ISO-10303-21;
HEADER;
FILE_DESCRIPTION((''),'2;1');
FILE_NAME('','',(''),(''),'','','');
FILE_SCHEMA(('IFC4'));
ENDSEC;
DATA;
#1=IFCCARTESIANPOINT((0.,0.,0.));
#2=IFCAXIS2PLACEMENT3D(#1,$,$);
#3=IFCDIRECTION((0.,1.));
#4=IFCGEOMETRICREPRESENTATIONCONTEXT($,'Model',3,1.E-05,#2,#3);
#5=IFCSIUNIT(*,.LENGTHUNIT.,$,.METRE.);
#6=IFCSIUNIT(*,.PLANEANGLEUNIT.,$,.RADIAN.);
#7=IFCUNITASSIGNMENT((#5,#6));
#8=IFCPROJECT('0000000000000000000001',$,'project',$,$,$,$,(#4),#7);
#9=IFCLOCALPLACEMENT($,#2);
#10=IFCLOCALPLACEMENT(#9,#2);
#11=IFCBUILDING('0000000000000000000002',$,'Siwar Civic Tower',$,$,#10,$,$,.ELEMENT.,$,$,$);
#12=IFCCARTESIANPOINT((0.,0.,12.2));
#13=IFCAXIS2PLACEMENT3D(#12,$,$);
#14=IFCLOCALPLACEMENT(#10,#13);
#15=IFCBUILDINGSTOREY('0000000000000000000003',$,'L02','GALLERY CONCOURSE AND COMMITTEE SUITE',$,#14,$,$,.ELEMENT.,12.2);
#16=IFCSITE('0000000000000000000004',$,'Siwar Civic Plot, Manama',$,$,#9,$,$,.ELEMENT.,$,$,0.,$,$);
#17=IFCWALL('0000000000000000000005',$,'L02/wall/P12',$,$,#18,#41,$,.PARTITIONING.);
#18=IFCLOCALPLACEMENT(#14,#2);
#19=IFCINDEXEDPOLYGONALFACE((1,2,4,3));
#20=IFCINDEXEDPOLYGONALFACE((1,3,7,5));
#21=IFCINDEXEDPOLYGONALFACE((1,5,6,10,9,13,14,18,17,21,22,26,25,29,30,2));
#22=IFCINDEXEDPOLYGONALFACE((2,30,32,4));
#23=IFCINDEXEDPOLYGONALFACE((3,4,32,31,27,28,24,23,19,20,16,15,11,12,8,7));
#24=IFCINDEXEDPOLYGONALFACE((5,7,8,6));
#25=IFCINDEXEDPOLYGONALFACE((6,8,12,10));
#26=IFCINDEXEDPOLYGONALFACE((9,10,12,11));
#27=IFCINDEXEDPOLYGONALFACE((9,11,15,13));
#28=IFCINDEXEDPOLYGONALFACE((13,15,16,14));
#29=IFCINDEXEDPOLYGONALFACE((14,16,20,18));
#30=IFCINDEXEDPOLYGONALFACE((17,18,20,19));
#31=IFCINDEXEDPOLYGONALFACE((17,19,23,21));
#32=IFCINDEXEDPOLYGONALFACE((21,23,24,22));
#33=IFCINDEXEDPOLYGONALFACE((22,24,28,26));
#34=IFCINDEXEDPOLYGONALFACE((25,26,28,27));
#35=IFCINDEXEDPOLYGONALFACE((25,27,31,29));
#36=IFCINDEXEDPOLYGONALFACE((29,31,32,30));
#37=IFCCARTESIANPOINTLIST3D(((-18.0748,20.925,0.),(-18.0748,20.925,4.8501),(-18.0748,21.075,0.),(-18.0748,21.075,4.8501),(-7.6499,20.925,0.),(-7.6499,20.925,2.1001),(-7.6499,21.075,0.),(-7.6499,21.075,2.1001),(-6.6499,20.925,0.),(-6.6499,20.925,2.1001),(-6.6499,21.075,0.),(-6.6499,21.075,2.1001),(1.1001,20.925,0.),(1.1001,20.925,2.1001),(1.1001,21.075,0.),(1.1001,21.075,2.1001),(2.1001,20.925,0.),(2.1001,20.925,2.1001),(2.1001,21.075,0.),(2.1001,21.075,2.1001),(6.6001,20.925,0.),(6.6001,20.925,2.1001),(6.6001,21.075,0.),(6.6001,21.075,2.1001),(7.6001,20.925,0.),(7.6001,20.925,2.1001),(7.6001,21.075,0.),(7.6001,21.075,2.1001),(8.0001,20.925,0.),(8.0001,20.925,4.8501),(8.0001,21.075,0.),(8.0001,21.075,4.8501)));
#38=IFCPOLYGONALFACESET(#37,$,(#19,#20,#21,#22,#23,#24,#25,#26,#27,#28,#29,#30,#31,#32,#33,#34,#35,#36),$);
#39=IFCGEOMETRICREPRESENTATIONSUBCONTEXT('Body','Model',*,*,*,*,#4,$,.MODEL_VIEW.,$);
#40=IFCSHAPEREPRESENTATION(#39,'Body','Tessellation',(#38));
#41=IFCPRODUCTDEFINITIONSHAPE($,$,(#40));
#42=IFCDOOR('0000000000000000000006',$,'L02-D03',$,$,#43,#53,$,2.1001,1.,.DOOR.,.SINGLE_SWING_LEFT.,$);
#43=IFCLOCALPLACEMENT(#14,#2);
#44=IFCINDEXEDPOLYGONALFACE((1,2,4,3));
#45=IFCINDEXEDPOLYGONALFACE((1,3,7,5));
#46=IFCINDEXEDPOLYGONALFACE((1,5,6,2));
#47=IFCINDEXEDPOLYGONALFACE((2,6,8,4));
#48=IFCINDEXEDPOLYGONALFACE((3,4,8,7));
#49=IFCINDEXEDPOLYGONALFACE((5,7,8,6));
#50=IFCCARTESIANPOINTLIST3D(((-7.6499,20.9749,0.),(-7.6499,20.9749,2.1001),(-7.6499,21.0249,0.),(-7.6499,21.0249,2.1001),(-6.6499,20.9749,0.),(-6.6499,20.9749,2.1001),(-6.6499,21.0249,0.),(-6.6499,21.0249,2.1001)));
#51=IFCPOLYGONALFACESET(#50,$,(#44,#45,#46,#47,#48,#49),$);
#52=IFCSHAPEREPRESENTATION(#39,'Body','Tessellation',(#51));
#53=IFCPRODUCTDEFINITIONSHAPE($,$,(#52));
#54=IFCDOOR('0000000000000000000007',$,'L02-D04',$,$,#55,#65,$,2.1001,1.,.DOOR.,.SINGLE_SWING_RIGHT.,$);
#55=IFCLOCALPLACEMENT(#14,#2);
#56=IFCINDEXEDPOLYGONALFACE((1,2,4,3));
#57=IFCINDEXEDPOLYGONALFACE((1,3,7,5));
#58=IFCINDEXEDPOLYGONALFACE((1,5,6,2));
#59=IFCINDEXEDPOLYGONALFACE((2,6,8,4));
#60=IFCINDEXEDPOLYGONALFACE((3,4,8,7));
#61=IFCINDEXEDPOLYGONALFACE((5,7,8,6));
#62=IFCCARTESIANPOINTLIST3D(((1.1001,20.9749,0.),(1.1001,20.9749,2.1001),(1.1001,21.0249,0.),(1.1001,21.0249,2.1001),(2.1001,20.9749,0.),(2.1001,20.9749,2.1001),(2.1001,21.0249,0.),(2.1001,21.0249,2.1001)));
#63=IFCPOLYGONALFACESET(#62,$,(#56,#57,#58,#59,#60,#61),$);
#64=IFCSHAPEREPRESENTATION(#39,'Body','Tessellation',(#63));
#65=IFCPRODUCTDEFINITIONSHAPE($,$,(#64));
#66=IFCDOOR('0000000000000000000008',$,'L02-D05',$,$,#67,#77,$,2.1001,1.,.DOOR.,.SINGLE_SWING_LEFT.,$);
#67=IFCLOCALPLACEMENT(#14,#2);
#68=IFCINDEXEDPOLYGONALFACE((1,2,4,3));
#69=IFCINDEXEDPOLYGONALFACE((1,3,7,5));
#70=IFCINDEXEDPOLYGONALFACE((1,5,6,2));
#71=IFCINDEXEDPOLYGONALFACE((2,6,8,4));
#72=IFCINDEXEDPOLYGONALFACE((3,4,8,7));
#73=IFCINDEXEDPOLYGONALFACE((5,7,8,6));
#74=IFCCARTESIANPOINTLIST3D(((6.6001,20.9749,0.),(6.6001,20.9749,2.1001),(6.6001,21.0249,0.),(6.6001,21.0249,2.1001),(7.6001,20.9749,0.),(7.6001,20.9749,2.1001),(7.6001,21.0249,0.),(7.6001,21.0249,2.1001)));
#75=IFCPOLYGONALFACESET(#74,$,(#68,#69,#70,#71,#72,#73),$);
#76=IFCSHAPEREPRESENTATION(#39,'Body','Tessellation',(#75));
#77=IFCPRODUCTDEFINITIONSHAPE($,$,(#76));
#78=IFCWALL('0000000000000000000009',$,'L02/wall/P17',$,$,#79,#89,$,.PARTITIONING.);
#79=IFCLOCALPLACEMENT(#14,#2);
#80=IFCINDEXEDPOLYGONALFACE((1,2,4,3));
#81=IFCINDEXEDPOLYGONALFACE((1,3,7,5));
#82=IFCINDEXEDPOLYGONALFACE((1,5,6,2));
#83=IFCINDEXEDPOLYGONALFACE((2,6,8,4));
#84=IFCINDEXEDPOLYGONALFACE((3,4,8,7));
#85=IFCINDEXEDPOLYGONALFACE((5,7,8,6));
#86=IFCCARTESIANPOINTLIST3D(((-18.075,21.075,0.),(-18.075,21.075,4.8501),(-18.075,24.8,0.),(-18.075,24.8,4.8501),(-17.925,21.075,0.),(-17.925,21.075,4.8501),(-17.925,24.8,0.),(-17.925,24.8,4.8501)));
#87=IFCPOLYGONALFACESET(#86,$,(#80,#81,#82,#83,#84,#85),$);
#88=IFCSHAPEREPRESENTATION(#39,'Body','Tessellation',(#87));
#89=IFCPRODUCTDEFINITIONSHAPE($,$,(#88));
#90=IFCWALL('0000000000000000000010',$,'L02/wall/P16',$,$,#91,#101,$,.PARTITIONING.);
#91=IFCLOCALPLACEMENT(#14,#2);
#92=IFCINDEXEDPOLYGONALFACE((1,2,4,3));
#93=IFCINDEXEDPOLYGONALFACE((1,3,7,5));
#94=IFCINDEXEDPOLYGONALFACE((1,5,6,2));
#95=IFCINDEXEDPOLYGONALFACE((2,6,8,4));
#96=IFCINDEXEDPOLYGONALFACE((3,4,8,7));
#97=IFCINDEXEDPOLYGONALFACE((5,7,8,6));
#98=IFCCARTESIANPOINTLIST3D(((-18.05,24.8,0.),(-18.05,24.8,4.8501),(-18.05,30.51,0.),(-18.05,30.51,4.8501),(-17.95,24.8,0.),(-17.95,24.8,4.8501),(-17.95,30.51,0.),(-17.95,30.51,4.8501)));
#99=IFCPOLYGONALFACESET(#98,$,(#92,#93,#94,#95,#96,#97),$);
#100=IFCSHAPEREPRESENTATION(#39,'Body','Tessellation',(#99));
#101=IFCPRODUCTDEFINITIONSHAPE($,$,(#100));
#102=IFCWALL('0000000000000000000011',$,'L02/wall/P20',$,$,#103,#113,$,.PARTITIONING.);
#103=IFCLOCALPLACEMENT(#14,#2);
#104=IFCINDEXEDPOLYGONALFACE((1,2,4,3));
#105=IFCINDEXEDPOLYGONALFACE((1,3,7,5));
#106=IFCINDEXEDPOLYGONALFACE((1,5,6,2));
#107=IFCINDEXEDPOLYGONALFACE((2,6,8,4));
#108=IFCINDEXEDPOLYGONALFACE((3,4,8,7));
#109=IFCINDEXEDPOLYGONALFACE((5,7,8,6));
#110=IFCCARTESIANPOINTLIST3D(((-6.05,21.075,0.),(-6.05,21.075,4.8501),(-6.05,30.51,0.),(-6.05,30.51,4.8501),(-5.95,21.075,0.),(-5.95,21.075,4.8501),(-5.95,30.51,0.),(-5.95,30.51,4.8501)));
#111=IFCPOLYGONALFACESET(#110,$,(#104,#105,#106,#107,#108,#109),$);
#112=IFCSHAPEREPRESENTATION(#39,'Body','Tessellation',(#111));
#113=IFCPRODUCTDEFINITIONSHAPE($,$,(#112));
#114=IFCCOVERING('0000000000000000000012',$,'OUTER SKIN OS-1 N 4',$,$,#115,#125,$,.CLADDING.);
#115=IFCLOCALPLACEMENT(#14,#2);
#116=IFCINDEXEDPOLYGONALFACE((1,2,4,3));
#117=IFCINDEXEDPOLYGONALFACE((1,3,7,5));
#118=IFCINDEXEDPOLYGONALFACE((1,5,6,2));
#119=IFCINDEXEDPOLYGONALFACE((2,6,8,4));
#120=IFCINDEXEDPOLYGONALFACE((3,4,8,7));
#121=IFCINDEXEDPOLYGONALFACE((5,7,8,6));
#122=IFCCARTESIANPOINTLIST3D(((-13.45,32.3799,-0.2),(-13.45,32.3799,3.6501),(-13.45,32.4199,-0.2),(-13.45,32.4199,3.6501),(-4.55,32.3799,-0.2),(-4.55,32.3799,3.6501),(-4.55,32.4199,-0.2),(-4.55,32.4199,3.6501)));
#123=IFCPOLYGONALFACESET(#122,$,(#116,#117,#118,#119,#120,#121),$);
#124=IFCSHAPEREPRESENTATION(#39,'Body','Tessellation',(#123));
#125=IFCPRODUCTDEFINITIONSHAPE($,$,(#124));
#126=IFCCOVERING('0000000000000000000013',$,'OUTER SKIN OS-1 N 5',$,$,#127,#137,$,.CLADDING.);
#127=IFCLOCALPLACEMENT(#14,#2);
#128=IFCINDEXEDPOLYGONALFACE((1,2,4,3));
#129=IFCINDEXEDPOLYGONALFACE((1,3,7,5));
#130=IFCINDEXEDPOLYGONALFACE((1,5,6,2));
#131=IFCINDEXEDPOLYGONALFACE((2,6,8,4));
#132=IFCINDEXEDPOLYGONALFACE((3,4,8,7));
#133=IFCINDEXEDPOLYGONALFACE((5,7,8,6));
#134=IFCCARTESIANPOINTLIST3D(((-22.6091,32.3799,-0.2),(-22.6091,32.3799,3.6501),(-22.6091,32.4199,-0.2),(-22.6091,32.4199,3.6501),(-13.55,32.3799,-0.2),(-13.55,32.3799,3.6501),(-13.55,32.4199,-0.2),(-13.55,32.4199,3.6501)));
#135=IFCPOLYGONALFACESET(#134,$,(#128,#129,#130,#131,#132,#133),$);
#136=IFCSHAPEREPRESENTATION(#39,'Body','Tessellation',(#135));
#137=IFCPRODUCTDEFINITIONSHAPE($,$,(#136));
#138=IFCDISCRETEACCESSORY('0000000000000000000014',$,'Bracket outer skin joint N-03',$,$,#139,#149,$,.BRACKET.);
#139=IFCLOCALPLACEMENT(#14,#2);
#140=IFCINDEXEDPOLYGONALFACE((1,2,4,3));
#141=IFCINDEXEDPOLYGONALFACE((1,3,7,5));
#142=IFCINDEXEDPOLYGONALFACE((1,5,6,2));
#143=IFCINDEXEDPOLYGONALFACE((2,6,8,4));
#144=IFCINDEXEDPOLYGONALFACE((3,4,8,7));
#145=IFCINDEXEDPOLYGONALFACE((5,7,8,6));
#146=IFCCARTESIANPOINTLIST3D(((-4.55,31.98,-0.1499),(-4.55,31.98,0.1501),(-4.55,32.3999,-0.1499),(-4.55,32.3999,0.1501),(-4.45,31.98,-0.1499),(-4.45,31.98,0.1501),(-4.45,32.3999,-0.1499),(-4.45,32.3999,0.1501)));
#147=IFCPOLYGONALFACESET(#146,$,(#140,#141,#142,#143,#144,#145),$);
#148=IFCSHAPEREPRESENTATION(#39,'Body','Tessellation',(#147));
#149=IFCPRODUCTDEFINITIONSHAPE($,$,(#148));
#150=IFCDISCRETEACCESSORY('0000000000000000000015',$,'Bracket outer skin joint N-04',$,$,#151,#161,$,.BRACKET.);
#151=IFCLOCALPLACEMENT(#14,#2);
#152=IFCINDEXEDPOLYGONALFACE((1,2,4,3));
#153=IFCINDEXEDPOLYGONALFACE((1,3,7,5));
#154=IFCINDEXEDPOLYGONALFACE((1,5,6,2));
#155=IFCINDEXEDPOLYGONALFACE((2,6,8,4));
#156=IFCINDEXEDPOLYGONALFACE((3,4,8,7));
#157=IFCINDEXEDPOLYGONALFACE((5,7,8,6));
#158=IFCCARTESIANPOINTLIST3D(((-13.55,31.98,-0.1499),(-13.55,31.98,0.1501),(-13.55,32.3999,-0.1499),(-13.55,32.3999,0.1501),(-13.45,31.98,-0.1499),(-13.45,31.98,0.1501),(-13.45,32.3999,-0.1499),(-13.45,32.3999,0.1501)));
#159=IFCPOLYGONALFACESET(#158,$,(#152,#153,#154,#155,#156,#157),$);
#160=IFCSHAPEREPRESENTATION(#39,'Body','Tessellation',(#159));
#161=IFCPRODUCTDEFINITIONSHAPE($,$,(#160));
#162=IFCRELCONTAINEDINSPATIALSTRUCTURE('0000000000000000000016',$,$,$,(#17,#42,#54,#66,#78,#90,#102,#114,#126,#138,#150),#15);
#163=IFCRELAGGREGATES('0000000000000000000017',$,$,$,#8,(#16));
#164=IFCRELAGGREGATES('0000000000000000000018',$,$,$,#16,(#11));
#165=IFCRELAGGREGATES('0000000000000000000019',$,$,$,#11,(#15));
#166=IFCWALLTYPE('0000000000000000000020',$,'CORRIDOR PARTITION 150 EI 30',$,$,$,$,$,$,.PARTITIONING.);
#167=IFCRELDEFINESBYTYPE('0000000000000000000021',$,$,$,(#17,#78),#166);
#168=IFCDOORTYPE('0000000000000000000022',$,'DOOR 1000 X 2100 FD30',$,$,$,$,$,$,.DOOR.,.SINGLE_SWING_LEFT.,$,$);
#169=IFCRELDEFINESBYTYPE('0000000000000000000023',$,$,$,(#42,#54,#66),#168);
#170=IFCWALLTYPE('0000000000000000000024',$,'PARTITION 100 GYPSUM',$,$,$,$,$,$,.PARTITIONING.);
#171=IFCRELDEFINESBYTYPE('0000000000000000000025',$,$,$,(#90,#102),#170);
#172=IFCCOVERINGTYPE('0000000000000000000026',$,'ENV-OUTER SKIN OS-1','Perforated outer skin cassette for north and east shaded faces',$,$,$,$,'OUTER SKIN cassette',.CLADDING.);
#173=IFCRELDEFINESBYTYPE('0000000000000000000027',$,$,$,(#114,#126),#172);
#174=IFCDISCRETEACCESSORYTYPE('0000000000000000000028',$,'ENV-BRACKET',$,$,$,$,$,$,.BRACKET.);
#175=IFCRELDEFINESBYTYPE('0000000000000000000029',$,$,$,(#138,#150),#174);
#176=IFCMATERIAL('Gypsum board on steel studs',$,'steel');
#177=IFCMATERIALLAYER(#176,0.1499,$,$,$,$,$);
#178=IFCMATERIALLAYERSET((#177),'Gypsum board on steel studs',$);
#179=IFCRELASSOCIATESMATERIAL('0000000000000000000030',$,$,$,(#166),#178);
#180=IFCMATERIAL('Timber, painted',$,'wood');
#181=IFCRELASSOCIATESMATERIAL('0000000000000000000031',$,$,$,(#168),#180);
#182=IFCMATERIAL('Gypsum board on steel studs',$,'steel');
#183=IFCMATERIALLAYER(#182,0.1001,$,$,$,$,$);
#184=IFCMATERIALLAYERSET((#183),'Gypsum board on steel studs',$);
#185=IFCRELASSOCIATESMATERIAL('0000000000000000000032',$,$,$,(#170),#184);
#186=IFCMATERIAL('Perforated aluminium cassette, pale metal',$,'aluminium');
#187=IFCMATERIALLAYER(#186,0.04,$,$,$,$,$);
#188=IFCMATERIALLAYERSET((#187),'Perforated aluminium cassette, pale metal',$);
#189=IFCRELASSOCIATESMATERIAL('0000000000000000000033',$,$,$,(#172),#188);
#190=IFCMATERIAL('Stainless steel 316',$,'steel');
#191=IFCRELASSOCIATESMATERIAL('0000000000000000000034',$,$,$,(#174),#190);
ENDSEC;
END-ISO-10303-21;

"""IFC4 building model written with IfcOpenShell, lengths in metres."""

from ifc_helpers import new_model, si_unit, direction, frame, frame_2d, origin, origin_2d, place, context, subcontext, project, spatial, rectangle, extrude, material, layer, layer_set, type_object, element, fill, save


model = new_model("IFC4")

# Units and contexts
model_context = context("Model", 3, precision=1e-05, world=origin(), true_north=direction((0.0, 1.0)))
body_context = subcontext(model_context, "Body", "Model", "MODEL_VIEW")
ifc_project = project(units=[si_unit("LENGTHUNIT", "METRE"), si_unit("PLANEANGLEUNIT", "RADIAN")], contexts=[model_context])

# Site, building, storey
site_placement = place(None, origin())
site = spatial("IfcSite", under=ifc_project, at=site_placement, Name="Siwar Civic Plot, Manama", CompositionType="ELEMENT", RefElevation=0.0)
building_placement = place(site_placement, origin())
building = spatial("IfcBuilding", under=site, at=building_placement, Name="Siwar Civic Tower", CompositionType="ELEMENT")
storey_placement = place(building_placement, frame((0.0, 0.0, 12.2)))
storey = spatial("IfcBuildingStorey", under=building, at=storey_placement, Name="L02", Description="GALLERY CONCOURSE AND COMMITTEE SUITE", CompositionType="ELEMENT", Elevation=12.2)

# Shared definitions
ifc_material_1 = material(Name="Gypsum board on steel studs", Category="steel")
ifc_layer_1 = layer(ifc_material_1, 0.1499)
ifc_layer_set_1 = layer_set([ifc_layer_1], Name="Gypsum board on steel studs")
wall_type_1 = type_object("IfcWallType", Name="CORRIDOR PARTITION 150 EI 30", PredefinedType="PARTITIONING", material=ifc_layer_set_1)
ifc_material_2 = material(Name="Timber, painted", Category="wood")
door_type = type_object("IfcDoorType", Name="DOOR 1000 X 2100 FD30", OperationType="SINGLE_SWING_LEFT", PredefinedType="DOOR", material=ifc_material_2)

# Wall, openings, doors
wall_1_placement = place(storey_placement, frame((-18.075, 21.0, 0.0), z_axis=(0.0, 0.0, 1.0), x_axis=(1.0, 0.0, 0.0)))
wall_1 = element("IfcWall", 1, at=wall_1_placement, inside=storey, type_object=wall_type_1, Name="L02/wall/P12", PredefinedType="PARTITIONING", context=body_context, shape_type="SweptSolid", body=[
    extrude(rectangle(XDim=26.075, YDim=0.1499, at=frame_2d((13.0376, 0.0))), origin(), (0.0, 0.0, 1.0), 4.8501),
])
opening_1_placement = place(wall_1_placement, frame((10.425, 0.0, 0.0)))
opening_1 = element("IfcOpeningElement", 2, at=opening_1_placement, cuts=wall_1, PredefinedType="OPENING", context=body_context, shape_type="SweptSolid", body=[
    extrude(rectangle(XDim=1.0, YDim=2.1001, at=frame_2d((0.5, 1.05))), frame((0.0, 0.085, 0.0), z_axis=(0.0, -1.0, 0.0), x_axis=(1.0, 0.0, 0.0)), (0.0, 0.0, 1.0), 0.1699),
])
opening_2_placement = place(wall_1_placement, frame((19.175, 0.0, 0.0)))
opening_2 = element("IfcOpeningElement", 3, at=opening_2_placement, cuts=wall_1, PredefinedType="OPENING", context=body_context, shape_type="SweptSolid", body=[
    extrude(rectangle(XDim=1.0, YDim=2.1001, at=frame_2d((0.5, 1.05))), frame((0.0, 0.085, 0.0), z_axis=(0.0, -1.0, 0.0), x_axis=(1.0, 0.0, 0.0)), (0.0, 0.0, 1.0), 0.1699),
])
opening_3_placement = place(wall_1_placement, frame((24.675, 0.0, 0.0)))
opening_3 = element("IfcOpeningElement", 4, at=opening_3_placement, cuts=wall_1, PredefinedType="OPENING", context=body_context, shape_type="SweptSolid", body=[
    extrude(rectangle(XDim=1.0, YDim=2.1001, at=frame_2d((0.5, 1.05))), frame((0.0, 0.085, 0.0), z_axis=(0.0, -1.0, 0.0), x_axis=(1.0, 0.0, 0.0)), (0.0, 0.0, 1.0), 0.1699),
])
door_1_placement = place(opening_1_placement, origin())
door_1 = element("IfcDoor", 5, at=door_1_placement, inside=storey, type_object=door_type, Name="L02-D03", OperationType="SINGLE_SWING_LEFT", OverallHeight=2.1001, OverallWidth=1.0, PredefinedType="DOOR", context=body_context, shape_type="SweptSolid", body=[
    extrude(rectangle(XDim=1.0, YDim=2.1001, at=frame_2d((0.5, 1.05))), frame((0.0, 0.0249, 0.0), z_axis=(0.0, -1.0, 0.0), x_axis=(1.0, 0.0, 0.0)), (0.0, 0.0, 1.0), 0.05),
])
fill(opening_1, door_1)
door_2_placement = place(opening_2_placement, origin())
door_2 = element("IfcDoor", 6, at=door_2_placement, inside=storey, type_object=door_type, Name="L02-D04", OperationType="SINGLE_SWING_RIGHT", OverallHeight=2.1001, OverallWidth=1.0, PredefinedType="DOOR", context=body_context, shape_type="SweptSolid", body=[
    extrude(rectangle(XDim=1.0, YDim=2.1001, at=frame_2d((0.5, 1.05))), frame((0.0, 0.0249, 0.0), z_axis=(0.0, -1.0, 0.0), x_axis=(1.0, 0.0, 0.0)), (0.0, 0.0, 1.0), 0.05),
])
fill(opening_2, door_2)
door_3_placement = place(opening_3_placement, origin())
door_3 = element("IfcDoor", 7, at=door_3_placement, inside=storey, type_object=door_type, Name="L02-D05", OperationType="SINGLE_SWING_LEFT", OverallHeight=2.1001, OverallWidth=1.0, PredefinedType="DOOR", context=body_context, shape_type="SweptSolid", body=[
    extrude(rectangle(XDim=1.0, YDim=2.1001, at=frame_2d((0.5, 1.05))), frame((0.0, 0.0249, 0.0), z_axis=(0.0, -1.0, 0.0), x_axis=(1.0, 0.0, 0.0)), (0.0, 0.0, 1.0), 0.05),
])
fill(opening_3, door_3)

# Walls
wall_2_placement = place(storey_placement, frame((-18.0, 21.075, 0.0), z_axis=(0.0, 0.0, 1.0), x_axis=(0.0, 1.0, 0.0)))
element("IfcWall", 8, at=wall_2_placement, inside=storey, type_object=wall_type_1, Name="L02/wall/P17", PredefinedType="PARTITIONING", context=body_context, shape_type="SweptSolid", body=[
    extrude(rectangle(XDim=3.7251, YDim=0.1499, at=frame_2d((1.8625, 0.0))), origin(), (0.0, 0.0, 1.0), 4.8501),
])
ifc_material_3 = material(Name="Gypsum board on steel studs", Category="steel")
ifc_layer_2 = layer(ifc_material_3, 0.1001)
ifc_layer_set_2 = layer_set([ifc_layer_2], Name="Gypsum board on steel studs")
wall_type_2 = type_object("IfcWallType", Name="PARTITION 100 GYPSUM", PredefinedType="PARTITIONING", material=ifc_layer_set_2)
wall_3_placement = place(storey_placement, frame((-18.0, 24.8, 0.0), z_axis=(0.0, 0.0, 1.0), x_axis=(0.0, 1.0, 0.0)))
element("IfcWall", 9, at=wall_3_placement, inside=storey, type_object=wall_type_2, Name="L02/wall/P16", PredefinedType="PARTITIONING", context=body_context, shape_type="SweptSolid", body=[
    extrude(rectangle(XDim=5.71, YDim=0.1001, at=frame_2d((2.855, 0.0))), origin(), (0.0, 0.0, 1.0), 4.8501),
])
wall_4_placement = place(storey_placement, frame((-6.0, 21.075, 0.0), z_axis=(0.0, 0.0, 1.0), x_axis=(0.0, 1.0, 0.0)))
element("IfcWall", 10, at=wall_4_placement, inside=storey, type_object=wall_type_2, Name="L02/wall/P20", PredefinedType="PARTITIONING", context=body_context, shape_type="SweptSolid", body=[
    extrude(rectangle(XDim=9.4351, YDim=0.1001, at=frame_2d((4.7175, 0.0))), origin(), (0.0, 0.0, 1.0), 4.8501),
])

# Coverings
ifc_material_4 = material(Name="Perforated aluminium cassette, pale metal", Category="aluminium")
ifc_layer_3 = layer(ifc_material_4, 0.04)
ifc_layer_set_3 = layer_set([ifc_layer_3], Name="Perforated aluminium cassette, pale metal")
covering_type = type_object("IfcCoveringType", Name="ENV-OUTER SKIN OS-1", Description="Perforated outer skin cassette for north and east shaded faces", ElementType="OUTER SKIN cassette", PredefinedType="CLADDING", material=ifc_layer_set_3)
covering_1_placement = place(storey_placement, frame((-9.0, 32.3999, -0.2), z_axis=(0.0, 0.0, 1.0), x_axis=(-1.0, 0.0, 0.0)))
element("IfcCovering", 11, at=covering_1_placement, inside=storey, type_object=covering_type, Name="OUTER SKIN OS-1 N 4", PredefinedType="CLADDING", context=body_context, shape_type="SweptSolid", body=[
    extrude(rectangle(XDim=8.8999, YDim=0.04, at=origin_2d()), origin(), (0.0, 0.0, 1.0), 3.8501),
])
covering_2_placement = place(storey_placement, frame((-18.0796, 32.3999, -0.2), z_axis=(0.0, 0.0, 1.0), x_axis=(-1.0, 0.0, 0.0)))
element("IfcCovering", 12, at=covering_2_placement, inside=storey, type_object=covering_type, Name="OUTER SKIN OS-1 N 5", PredefinedType="CLADDING", context=body_context, shape_type="SweptSolid", body=[
    extrude(rectangle(XDim=9.0591, YDim=0.04, at=origin_2d()), origin(), (0.0, 0.0, 1.0), 3.8501),
])

# Discrete accessories
ifc_material_5 = material(Name="Stainless steel 316", Category="steel")
discrete_accessory_type = type_object("IfcDiscreteAccessoryType", Name="ENV-BRACKET", PredefinedType="BRACKET", material=ifc_material_5)
for number, where, z_axis, x_axis, name in (
    (13, (-4.5, 32.1899, -0.1499), (0.0, 0.0, 1.0), (0.0, 1.0, 0.0), "Bracket outer skin joint N-03"),
    (14, (-13.5, 32.1899, -0.1499), (0.0, 0.0, 1.0), (0.0, 1.0, 0.0), "Bracket outer skin joint N-04"),
):
    element("IfcDiscreteAccessory", number, at=place(storey_placement, frame(where, z_axis=z_axis, x_axis=x_axis)), inside=storey, type_object=discrete_accessory_type, Name=name, PredefinedType="BRACKET", context=body_context, shape_type="SweptSolid", body=[
        extrude(rectangle(XDim=0.4199, YDim=0.1001, at=origin_2d()), origin(), (0.0, 0.0, 1.0), 0.3),
    ])

save(model, "model.ifc")
